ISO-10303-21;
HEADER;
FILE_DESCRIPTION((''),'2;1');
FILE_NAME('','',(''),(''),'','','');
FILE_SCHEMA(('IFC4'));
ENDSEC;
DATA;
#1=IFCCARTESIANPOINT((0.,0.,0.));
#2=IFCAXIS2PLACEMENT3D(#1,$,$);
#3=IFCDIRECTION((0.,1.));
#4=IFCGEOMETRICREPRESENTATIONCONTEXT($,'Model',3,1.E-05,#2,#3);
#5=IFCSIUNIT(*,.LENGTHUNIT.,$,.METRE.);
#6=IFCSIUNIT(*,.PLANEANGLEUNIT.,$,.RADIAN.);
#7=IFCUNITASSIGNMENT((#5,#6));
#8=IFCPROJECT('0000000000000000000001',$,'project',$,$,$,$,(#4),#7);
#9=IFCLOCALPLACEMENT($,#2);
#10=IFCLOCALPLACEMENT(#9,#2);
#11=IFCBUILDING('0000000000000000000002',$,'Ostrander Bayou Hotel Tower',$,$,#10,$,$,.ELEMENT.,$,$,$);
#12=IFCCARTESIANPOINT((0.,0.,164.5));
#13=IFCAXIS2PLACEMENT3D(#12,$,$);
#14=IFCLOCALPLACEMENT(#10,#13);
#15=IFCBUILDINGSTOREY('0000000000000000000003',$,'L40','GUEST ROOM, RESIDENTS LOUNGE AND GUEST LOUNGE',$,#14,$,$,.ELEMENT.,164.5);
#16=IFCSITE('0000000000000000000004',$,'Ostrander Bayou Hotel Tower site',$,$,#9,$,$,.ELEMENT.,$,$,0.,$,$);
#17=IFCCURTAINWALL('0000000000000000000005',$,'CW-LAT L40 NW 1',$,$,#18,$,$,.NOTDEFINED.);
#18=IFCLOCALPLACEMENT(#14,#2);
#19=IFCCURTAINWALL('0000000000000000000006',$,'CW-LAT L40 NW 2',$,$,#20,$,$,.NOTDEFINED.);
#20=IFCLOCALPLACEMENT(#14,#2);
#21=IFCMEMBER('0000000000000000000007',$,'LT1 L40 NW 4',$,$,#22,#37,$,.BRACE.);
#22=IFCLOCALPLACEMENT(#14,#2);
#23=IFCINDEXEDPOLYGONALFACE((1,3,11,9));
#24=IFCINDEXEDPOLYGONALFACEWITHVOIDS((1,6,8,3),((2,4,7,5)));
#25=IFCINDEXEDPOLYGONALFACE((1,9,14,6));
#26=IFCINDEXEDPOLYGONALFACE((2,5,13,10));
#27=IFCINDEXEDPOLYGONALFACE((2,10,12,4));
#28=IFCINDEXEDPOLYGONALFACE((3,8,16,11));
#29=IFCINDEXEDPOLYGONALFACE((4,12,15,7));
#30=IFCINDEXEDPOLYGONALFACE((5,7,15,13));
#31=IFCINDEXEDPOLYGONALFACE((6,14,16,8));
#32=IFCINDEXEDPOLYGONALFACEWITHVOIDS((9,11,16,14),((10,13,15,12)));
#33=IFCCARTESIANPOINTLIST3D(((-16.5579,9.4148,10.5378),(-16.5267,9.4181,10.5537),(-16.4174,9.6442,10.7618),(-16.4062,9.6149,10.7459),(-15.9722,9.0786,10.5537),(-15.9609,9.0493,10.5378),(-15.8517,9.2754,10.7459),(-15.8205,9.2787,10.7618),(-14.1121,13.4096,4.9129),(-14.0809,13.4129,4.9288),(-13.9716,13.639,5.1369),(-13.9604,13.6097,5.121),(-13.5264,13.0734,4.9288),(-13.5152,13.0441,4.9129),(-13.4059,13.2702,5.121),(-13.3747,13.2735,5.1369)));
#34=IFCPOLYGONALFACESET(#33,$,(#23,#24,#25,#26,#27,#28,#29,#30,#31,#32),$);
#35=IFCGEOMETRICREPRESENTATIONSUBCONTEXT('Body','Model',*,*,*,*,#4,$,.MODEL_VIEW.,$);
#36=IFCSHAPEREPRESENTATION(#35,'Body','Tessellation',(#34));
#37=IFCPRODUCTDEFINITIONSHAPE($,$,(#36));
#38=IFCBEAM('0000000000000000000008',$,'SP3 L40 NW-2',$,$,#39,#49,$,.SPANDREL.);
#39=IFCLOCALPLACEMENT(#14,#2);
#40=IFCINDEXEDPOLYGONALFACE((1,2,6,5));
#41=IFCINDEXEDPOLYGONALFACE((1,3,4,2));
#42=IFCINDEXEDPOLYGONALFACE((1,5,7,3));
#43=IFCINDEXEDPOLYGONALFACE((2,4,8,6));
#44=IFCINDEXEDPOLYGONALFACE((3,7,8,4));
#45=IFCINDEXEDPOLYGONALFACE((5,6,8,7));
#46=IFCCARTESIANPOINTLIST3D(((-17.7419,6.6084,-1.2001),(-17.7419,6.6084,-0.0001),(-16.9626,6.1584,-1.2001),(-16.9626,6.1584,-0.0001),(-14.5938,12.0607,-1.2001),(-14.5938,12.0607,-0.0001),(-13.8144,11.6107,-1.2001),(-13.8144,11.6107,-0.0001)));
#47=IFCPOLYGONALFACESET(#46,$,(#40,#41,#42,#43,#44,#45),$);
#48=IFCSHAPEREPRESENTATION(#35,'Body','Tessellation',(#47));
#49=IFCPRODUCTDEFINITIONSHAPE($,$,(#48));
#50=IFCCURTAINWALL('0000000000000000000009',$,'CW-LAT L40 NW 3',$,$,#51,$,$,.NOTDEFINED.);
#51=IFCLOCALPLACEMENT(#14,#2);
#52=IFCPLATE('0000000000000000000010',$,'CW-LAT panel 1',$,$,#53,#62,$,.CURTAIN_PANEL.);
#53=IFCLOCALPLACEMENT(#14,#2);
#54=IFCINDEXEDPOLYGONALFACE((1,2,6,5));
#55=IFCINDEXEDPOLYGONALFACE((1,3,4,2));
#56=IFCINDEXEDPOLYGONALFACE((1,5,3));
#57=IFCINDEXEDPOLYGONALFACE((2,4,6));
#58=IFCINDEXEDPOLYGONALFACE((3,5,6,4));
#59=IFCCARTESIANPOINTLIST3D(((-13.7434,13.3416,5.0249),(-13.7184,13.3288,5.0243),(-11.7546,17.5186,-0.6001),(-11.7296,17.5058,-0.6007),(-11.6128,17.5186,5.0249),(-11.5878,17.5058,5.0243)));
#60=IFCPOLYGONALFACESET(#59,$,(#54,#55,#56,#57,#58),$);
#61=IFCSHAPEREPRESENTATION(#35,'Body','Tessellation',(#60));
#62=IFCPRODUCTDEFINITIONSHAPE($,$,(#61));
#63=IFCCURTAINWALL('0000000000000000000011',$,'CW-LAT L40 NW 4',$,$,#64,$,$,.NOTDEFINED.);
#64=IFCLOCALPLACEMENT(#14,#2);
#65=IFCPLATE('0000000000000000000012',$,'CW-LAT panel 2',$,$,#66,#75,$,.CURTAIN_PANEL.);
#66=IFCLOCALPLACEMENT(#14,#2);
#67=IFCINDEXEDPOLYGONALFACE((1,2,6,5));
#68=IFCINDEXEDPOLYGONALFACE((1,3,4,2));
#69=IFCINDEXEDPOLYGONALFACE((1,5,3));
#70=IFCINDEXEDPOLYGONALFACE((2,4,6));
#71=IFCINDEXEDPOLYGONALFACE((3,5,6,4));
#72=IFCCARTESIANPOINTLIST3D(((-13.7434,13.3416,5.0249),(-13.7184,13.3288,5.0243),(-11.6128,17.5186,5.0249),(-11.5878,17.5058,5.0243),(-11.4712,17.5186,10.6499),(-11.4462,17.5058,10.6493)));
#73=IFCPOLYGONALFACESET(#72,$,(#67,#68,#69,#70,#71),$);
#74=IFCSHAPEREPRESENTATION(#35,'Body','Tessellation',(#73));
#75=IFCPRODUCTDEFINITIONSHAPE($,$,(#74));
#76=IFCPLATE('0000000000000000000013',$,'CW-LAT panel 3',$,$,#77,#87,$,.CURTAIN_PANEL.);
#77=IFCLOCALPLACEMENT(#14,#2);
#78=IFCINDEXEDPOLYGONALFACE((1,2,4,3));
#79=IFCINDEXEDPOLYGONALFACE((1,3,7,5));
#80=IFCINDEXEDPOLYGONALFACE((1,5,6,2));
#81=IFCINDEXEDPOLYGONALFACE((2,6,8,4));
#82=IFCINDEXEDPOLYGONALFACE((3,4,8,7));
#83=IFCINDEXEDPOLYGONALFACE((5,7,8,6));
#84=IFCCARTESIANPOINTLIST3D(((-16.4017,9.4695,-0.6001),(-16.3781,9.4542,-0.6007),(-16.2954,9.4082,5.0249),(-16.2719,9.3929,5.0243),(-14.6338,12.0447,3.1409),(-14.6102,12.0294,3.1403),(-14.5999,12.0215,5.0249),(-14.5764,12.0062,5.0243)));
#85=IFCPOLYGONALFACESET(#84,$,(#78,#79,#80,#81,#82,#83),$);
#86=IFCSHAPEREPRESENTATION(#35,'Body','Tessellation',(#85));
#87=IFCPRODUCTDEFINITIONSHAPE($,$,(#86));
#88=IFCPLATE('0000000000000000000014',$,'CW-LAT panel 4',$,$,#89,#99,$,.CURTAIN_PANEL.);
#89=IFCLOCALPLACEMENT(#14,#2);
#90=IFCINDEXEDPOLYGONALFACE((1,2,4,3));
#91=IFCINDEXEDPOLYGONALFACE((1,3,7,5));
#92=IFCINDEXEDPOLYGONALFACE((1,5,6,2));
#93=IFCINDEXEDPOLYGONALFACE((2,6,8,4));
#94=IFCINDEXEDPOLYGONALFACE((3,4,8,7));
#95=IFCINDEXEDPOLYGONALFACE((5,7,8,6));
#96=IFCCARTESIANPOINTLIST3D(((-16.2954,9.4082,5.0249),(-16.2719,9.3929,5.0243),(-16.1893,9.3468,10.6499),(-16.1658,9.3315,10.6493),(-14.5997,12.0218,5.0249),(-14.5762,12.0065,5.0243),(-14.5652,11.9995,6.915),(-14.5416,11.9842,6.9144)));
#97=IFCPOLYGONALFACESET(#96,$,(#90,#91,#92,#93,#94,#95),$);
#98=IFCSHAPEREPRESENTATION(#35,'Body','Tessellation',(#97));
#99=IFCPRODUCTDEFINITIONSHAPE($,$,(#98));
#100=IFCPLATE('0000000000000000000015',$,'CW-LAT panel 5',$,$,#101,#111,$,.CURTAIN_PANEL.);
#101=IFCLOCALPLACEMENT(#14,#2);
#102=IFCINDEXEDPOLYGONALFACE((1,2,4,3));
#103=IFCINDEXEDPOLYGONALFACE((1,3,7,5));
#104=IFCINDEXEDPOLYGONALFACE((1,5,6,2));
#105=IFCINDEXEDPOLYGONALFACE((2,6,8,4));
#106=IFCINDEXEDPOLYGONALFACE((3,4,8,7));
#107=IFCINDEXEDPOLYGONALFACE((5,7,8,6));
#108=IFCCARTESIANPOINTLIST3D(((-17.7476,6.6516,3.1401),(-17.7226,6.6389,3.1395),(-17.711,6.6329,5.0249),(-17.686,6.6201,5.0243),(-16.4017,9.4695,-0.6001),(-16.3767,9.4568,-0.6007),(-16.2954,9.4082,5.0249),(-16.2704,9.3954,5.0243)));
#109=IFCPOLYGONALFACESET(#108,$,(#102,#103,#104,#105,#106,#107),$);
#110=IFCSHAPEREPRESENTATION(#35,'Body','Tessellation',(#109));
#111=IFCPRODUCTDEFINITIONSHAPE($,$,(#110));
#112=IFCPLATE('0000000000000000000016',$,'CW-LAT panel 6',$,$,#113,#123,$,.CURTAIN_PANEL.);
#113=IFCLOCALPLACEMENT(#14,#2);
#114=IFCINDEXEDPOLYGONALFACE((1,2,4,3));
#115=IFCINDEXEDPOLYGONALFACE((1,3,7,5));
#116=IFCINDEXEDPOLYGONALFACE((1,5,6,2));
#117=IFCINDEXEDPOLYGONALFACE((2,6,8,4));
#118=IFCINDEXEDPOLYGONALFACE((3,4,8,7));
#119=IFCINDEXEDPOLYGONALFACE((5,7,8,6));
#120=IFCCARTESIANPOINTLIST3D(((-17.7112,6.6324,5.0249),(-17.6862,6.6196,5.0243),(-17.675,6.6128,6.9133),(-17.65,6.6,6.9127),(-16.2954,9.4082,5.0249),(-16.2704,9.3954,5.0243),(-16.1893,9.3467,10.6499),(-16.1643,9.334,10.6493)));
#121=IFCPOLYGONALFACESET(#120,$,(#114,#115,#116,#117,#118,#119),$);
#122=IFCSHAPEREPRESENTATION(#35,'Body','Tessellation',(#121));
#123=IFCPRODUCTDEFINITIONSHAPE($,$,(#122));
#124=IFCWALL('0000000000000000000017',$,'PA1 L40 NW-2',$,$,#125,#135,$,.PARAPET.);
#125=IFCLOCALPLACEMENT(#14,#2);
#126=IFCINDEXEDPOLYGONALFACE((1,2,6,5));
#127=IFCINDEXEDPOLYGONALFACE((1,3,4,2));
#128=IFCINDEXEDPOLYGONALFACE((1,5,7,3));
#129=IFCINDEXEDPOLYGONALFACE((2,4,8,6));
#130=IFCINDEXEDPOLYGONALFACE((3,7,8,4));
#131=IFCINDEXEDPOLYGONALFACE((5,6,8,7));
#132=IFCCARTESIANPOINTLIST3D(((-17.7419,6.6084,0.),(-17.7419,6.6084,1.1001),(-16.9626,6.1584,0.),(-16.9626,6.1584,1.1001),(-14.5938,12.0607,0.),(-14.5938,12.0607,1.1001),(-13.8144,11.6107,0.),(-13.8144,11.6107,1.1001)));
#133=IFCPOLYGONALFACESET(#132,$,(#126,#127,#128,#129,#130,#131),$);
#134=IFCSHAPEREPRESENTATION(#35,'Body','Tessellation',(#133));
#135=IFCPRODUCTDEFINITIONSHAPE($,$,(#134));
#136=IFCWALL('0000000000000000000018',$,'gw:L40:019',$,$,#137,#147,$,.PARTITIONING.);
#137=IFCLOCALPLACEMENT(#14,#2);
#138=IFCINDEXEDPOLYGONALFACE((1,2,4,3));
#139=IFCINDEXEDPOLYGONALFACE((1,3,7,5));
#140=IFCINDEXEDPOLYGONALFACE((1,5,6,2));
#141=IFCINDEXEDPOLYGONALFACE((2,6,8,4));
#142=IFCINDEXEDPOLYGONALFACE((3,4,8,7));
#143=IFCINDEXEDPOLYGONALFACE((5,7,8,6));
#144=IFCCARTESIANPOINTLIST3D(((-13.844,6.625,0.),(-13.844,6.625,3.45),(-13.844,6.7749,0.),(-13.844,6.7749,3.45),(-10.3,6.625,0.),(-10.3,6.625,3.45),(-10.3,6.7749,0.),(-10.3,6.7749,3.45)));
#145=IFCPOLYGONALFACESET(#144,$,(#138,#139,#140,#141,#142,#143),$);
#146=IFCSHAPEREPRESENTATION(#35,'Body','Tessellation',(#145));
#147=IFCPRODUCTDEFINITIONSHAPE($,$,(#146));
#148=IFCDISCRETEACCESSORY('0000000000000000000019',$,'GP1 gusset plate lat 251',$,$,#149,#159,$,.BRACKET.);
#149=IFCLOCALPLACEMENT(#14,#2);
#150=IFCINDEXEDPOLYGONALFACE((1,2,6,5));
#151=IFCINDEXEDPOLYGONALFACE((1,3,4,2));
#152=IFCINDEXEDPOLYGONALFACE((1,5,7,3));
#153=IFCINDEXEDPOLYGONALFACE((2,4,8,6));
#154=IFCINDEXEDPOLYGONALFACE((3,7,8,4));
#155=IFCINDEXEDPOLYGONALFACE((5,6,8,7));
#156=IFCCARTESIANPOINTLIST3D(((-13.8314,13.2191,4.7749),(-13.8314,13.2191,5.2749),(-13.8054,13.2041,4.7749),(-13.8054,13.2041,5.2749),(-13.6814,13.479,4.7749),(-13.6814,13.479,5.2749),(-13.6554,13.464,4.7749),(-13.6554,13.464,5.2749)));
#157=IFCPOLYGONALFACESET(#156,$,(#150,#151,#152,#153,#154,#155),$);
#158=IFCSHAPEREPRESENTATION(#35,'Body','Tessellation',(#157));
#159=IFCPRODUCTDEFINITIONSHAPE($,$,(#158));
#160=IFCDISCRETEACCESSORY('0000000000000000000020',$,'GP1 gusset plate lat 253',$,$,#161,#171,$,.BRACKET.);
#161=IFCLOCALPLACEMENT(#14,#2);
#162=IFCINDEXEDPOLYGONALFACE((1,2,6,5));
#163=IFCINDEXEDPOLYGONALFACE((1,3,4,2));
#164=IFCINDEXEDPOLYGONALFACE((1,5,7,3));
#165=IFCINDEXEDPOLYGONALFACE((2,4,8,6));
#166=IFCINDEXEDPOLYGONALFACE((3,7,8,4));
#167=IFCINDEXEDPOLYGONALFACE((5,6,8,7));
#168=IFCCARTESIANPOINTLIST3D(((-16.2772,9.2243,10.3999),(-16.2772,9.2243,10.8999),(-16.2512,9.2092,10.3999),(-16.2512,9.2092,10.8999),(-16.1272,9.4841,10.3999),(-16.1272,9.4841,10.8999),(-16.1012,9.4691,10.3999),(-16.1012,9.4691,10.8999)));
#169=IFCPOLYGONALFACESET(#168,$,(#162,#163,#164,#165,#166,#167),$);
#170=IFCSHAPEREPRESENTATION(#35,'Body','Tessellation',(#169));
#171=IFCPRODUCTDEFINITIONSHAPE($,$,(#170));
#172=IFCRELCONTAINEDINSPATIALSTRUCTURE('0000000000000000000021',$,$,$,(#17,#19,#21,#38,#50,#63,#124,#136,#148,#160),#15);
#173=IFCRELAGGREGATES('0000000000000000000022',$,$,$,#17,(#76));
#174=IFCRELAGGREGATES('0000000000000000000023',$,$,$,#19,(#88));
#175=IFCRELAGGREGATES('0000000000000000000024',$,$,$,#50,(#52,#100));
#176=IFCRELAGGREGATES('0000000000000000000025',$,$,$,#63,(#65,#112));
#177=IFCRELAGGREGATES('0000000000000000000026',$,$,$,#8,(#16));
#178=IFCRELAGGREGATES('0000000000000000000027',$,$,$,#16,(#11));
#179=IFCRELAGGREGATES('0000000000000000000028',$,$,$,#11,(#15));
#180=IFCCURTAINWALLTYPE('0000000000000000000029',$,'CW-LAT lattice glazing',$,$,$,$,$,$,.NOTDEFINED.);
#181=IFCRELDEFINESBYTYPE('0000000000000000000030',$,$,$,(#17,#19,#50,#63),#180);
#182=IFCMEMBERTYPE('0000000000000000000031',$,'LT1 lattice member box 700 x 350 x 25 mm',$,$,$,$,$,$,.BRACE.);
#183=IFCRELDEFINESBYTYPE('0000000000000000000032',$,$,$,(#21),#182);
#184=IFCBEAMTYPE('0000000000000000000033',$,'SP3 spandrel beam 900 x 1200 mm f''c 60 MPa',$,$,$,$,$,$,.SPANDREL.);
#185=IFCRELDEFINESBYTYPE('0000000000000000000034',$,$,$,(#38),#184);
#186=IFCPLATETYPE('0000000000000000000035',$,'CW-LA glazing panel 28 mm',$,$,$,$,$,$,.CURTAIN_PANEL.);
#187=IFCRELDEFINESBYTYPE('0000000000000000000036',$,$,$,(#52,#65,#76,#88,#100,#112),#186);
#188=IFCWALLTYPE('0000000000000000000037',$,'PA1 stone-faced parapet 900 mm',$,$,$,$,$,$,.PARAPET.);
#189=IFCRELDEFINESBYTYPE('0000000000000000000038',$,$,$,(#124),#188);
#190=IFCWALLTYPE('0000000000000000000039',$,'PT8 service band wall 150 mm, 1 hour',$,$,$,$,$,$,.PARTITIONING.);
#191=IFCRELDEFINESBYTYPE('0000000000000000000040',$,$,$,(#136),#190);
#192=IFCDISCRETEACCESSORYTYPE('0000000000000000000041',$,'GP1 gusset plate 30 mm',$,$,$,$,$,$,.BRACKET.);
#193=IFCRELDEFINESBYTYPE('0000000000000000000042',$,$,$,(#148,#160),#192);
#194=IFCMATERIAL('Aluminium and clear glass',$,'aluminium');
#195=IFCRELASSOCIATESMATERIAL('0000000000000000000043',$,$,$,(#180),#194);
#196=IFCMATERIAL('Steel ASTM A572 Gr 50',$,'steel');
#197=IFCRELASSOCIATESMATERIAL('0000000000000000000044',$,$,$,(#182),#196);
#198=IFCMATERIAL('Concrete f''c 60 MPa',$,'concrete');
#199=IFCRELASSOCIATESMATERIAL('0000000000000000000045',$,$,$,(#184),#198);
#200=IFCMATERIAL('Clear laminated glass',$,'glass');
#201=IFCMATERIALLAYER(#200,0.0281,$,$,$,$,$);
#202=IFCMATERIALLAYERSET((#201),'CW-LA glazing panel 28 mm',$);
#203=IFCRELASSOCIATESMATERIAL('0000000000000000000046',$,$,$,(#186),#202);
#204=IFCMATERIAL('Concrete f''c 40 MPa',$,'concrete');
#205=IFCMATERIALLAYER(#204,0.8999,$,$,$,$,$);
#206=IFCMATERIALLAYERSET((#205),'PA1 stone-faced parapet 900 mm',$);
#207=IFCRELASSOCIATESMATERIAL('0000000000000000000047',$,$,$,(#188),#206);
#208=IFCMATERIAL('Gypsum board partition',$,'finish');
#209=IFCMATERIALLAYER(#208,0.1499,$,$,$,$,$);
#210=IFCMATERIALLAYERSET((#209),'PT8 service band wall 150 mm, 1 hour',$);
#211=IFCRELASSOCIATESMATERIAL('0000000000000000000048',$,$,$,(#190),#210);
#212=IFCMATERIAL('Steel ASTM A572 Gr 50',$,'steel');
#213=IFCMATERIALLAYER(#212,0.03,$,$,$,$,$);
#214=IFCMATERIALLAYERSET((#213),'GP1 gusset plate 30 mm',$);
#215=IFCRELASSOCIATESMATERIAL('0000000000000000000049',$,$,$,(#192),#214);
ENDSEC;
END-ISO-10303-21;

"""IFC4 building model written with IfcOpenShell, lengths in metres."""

from ifc_helpers import new_model, si_unit, direction, frame, frame_2d, origin, origin_2d, place, context, subcontext, project, spatial, polyline, rectangle, hollow_rectangle, outline, extrude, material, layer, layer_set, material_profile, profile_set, type_object, element, aggregate, save


model = new_model("IFC4")

# Units and contexts
model_context = context("Model", 3, precision=1e-05, world=origin(), true_north=direction((0.0, 1.0)))
body_context = subcontext(model_context, "Body", "Model", "MODEL_VIEW")
ifc_project = project(units=[si_unit("LENGTHUNIT", "METRE"), si_unit("PLANEANGLEUNIT", "RADIAN")], contexts=[model_context])

# Site, building, storey
site_placement = place(None, origin())
site = spatial("IfcSite", under=ifc_project, at=site_placement, Name="Ostrander Bayou Hotel Tower site", CompositionType="ELEMENT", RefElevation=0.0)
building_placement = place(site_placement, origin())
building = spatial("IfcBuilding", under=site, at=building_placement, Name="Ostrander Bayou Hotel Tower", CompositionType="ELEMENT")
storey_placement = place(building_placement, frame((0.0, 0.0, 164.5)))
storey = spatial("IfcBuildingStorey", under=building, at=storey_placement, Name="L40", Description="GUEST ROOM, RESIDENTS LOUNGE AND GUEST LOUNGE", CompositionType="ELEMENT", Elevation=164.5)

# Curtain walls
ifc_material_1 = material(Name="Aluminium and clear glass", Category="aluminium")
curtain_wall_type = type_object("IfcCurtainWallType", Name="CW-LAT lattice glazing", PredefinedType="NOTDEFINED", material=ifc_material_1)
curtain_wall_1_placement = place(storey_placement, origin())
curtain_wall_1 = element("IfcCurtainWall", 1, at=curtain_wall_1_placement, inside=storey, type_object=curtain_wall_type, Name="CW-LAT L40 NW 1", PredefinedType="NOTDEFINED")
curtain_wall_2_placement = place(storey_placement, origin())
curtain_wall_2 = element("IfcCurtainWall", 2, at=curtain_wall_2_placement, inside=storey, type_object=curtain_wall_type, Name="CW-LAT L40 NW 2", PredefinedType="NOTDEFINED")

# Member
ifc_material_2 = material(Name="Steel ASTM A572 Gr 50", Category="steel")
ifc_material_profile_1 = material_profile(ifc_material_2, hollow_rectangle(XDim=0.7, YDim=0.3501, WallThickness=0.0249, at=origin_2d()))
ifc_profile_set_1 = profile_set([ifc_material_profile_1], Name="Steel ASTM A572 Gr 50")
member_type_1 = type_object("IfcMemberType", Name="LT1 lattice member box 700 x 350 x 25 mm", PredefinedType="BRACE", material=ifc_profile_set_1)
member_1_placement = place(storey_placement, frame((-13.7434, 13.3416, 5.0249), z_axis=(-0.334128, -0.545752, 0.768449), x_axis=(0.852855, -0.522148, 0.0)))
element("IfcMember", 3, at=member_1_placement, inside=storey, type_object=member_type_1, Name="LT1 L40 NW 4", PredefinedType="BRACE", context=body_context, shape_type="SweptSolid", body=[
    extrude(hollow_rectangle(XDim=0.7, YDim=0.3501, WallThickness=0.0249, at=origin_2d()), origin(), (0.0, 0.0, 1.0), 7.3198),
])

# Beam
ifc_material_3 = material(Name="Concrete f'c 60 MPa", Category="concrete")
ifc_material_profile_2 = material_profile(ifc_material_3, rectangle(XDim=0.8999, YDim=1.2, at=origin_2d()))
ifc_profile_set_2 = profile_set([ifc_material_profile_2], Name="Concrete f'c 60 MPa")
beam_type_1 = type_object("IfcBeamType", Name="SP3 spandrel beam 900 x 1200 mm f'c 60 MPa", PredefinedType="SPANDREL", material=ifc_profile_set_2)
beam_1_placement = place(storey_placement, frame((-14.2041, 11.8357, -0.6001), z_axis=(-0.50003, -0.866008, 0.0), x_axis=(0.866008, -0.50003, 0.0)))
element("IfcBeam", 4, at=beam_1_placement, inside=storey, type_object=beam_type_1, Name="SP3 L40 NW-2", PredefinedType="SPANDREL", context=body_context, shape_type="SweptSolid", body=[
    extrude(rectangle(XDim=0.8999, YDim=1.2, at=origin_2d()), origin(), (0.0, 0.0, 1.0), 6.2959),
])

# Curtain walls, plates
curtain_wall_3_placement = place(storey_placement, origin())
curtain_wall_3 = element("IfcCurtainWall", 5, at=curtain_wall_3_placement, inside=storey, type_object=curtain_wall_type, Name="CW-LAT L40 NW 3", PredefinedType="NOTDEFINED")
ifc_material_4 = material(Name="Clear laminated glass", Category="glass")
ifc_layer_1 = layer(ifc_material_4, 0.0281)
ifc_layer_set_1 = layer_set([ifc_layer_1], Name="CW-LA glazing panel 28 mm")
plate_type = type_object("IfcPlateType", Name="CW-LA glazing panel 28 mm", PredefinedType="CURTAIN_PANEL", material=ifc_layer_set_1)
plate_1_placement = place(storey_placement, frame((-13.7434, 13.3416, 5.0249), z_axis=(-0.890581, 0.45427, 0.022458), x_axis=(0.273067, 0.573522, -0.772339)))
plate_1 = element("IfcPlate", 6, at=plate_1_placement, type_object=plate_type, Name="CW-LAT panel 1", PredefinedType="CURTAIN_PANEL", context=body_context, shape_type="SweptSolid", body=[
    extrude(outline(polyline([(0.0, 0.0), (7.2831, 0.0), (2.9774, -3.6224), (0.0, 0.0)])), origin(), (0.0, 0.0, -1.0), 0.0281),
])
curtain_wall_4_placement = place(storey_placement, origin())
curtain_wall_4 = element("IfcCurtainWall", 7, at=curtain_wall_4_placement, inside=storey, type_object=curtain_wall_type, Name="CW-LAT L40 NW 4", PredefinedType="NOTDEFINED")
plate_2_placement = place(storey_placement, frame((-13.7434, 13.3416, 5.0249), z_axis=(-0.890582, 0.45427, 0.022419), x_axis=(0.308494, 0.567102, 0.763693)))
plate_2 = element("IfcPlate", 8, at=plate_2_placement, type_object=plate_type, Name="CW-LAT panel 2", PredefinedType="CURTAIN_PANEL", context=body_context, shape_type="SweptSolid", body=[
    extrude(outline(polyline([(0.0, 0.0), (7.3655, 0.0), (3.0261, 3.5819), (0.0, 0.0)])), origin(), (0.0, 0.0, -1.0), 0.0281),
])

# Plates
plate_3_placement = place(storey_placement, frame((-14.6338, 12.0447, 3.1409), z_axis=(-0.838706, 0.544149, 0.021774), x_axis=(-0.362747, -0.528394, -0.767603)))
plate_3 = element("IfcPlate", 9, at=plate_3_placement, type_object=plate_type, Name="CW-LAT panel 3", PredefinedType="CURTAIN_PANEL", context=body_context, shape_type="SweptSolid", body=[
    extrude(outline(polyline([(0.0, 0.0), (4.8736, 0.0), (0.5497, 3.5999), (-1.4462, 1.2082), (0.0, 0.0)])), origin(), (0.0, 0.0, -1.0), 0.0281),
])
aggregate(curtain_wall_1, [plate_3])
plate_4_placement = place(storey_placement, frame((-14.5652, 11.9995, 6.915), z_axis=(-0.838712, 0.54414, 0.021757), x_axis=(-0.334157, -0.545779, 0.768417)))
plate_4 = element("IfcPlate", 10, at=plate_4_placement, type_object=plate_type, Name="CW-LAT panel 4", PredefinedType="CURTAIN_PANEL", context=body_context, shape_type="SweptSolid", body=[
    extrude(outline(polyline([(0.0, 0.0), (4.8605, 0.0), (0.54, -3.6041), (-1.453, -1.2095), (0.0, 0.0)])), origin(), (0.0, 0.0, -1.0), 0.0281),
])
aggregate(curtain_wall_2, [plate_4])
plate_5_placement = place(storey_placement, frame((-17.7476, 6.6516, 3.1401), z_axis=(-0.890599, 0.454267, 0.021782), x_axis=(0.276214, 0.57833, -0.76762)))
plate_5 = element("IfcPlate", 11, at=plate_5_placement, type_object=plate_type, Name="CW-LAT panel 5", PredefinedType="CURTAIN_PANEL", context=body_context, shape_type="SweptSolid", body=[
    extrude(outline(polyline([(0.0, 0.0), (4.8725, 0.0), (0.5485, -3.5999), (-1.4475, -1.2078), (0.0, 0.0)])), origin(), (0.0, 0.0, -1.0), 0.0281),
])
aggregate(curtain_wall_3, [plate_1, plate_5])
plate_6_placement = place(storey_placement, frame((-17.675, 6.6128, 6.9133), z_axis=(-0.890606, 0.454255, 0.021772), x_axis=(0.30556, 0.562246, 0.768448)))
plate_6 = element("IfcPlate", 12, at=plate_6_placement, type_object=plate_type, Name="CW-LAT panel 6", PredefinedType="CURTAIN_PANEL", context=body_context, shape_type="SweptSolid", body=[
    extrude(outline(polyline([(0.0, 0.0), (4.8625, 0.0), (0.5421, 3.6042), (-1.4512, 1.2091), (0.0, 0.0)])), origin(), (0.0, 0.0, -1.0), 0.0281),
])
aggregate(curtain_wall_4, [plate_2, plate_6])

# Walls
ifc_material_5 = material(Name="Concrete f'c 40 MPa", Category="concrete")
ifc_layer_2 = layer(ifc_material_5, 0.8999)
ifc_layer_set_2 = layer_set([ifc_layer_2], Name="PA1 stone-faced parapet 900 mm")
wall_type_1 = type_object("IfcWallType", Name="PA1 stone-faced parapet 900 mm", PredefinedType="PARAPET", material=ifc_layer_set_2)
wall_1_placement = place(storey_placement, frame((-14.2041, 11.8357, 0.0), z_axis=(0.0, 0.0, 1.0), x_axis=(-0.50003, -0.866008, 0.0)))
element("IfcWall", 13, at=wall_1_placement, inside=storey, type_object=wall_type_1, Name="PA1 L40 NW-2", PredefinedType="PARAPET", context=body_context, shape_type="SweptSolid", body=[
    extrude(rectangle(XDim=6.2959, YDim=0.8999, at=frame_2d((3.1479, 0.0))), origin(), (0.0, 0.0, 1.0), 1.1001),
])
ifc_material_6 = material(Name="Gypsum board partition", Category="finish")
ifc_layer_3 = layer(ifc_material_6, 0.1499)
ifc_layer_set_3 = layer_set([ifc_layer_3], Name="PT8 service band wall 150 mm, 1 hour")
wall_type_2 = type_object("IfcWallType", Name="PT8 service band wall 150 mm, 1 hour", PredefinedType="PARTITIONING", material=ifc_layer_set_3)
wall_2_placement = place(storey_placement, frame((-13.844, 6.7, 0.0), z_axis=(0.0, 0.0, 1.0), x_axis=(1.0, 0.0, 0.0)))
element("IfcWall", 14, at=wall_2_placement, inside=storey, type_object=wall_type_2, Name="gw:L40:019", PredefinedType="PARTITIONING", context=body_context, shape_type="SweptSolid", body=[
    extrude(rectangle(XDim=3.5439, YDim=0.1499, at=frame_2d((1.772, 0.0))), origin(), (0.0, 0.0, 1.0), 3.45),
])

# Discrete accessories
ifc_material_7 = material(Name="Steel ASTM A572 Gr 50", Category="steel")
ifc_layer_4 = layer(ifc_material_7, 0.03)
ifc_layer_set_4 = layer_set([ifc_layer_4], Name="GP1 gusset plate 30 mm")
discrete_accessory_type = type_object("IfcDiscreteAccessoryType", Name="GP1 gusset plate 30 mm", PredefinedType="BRACKET", material=ifc_layer_set_4)
for number, where, z_axis, x_axis, name in (
    (15, (-13.7434, 13.3416, 4.7749), (0.0, 0.0, 1.0), (-0.5, -0.866025, 0.0), "GP1 gusset plate lat 251"),
    (16, (-16.1892, 9.3467, 10.3999), (0.0, 0.0, 1.0), (-0.5, -0.866025, 0.0), "GP1 gusset plate lat 253"),
):
    element("IfcDiscreteAccessory", number, at=place(storey_placement, frame(where, z_axis=z_axis, x_axis=x_axis)), inside=storey, type_object=discrete_accessory_type, Name=name, PredefinedType="BRACKET", context=body_context, shape_type="SweptSolid", body=[
        extrude(rectangle(XDim=0.3, YDim=0.03, at=origin_2d()), origin(), (0.0, 0.0, 1.0), 0.5),
    ])

save(model, "model.ifc")
